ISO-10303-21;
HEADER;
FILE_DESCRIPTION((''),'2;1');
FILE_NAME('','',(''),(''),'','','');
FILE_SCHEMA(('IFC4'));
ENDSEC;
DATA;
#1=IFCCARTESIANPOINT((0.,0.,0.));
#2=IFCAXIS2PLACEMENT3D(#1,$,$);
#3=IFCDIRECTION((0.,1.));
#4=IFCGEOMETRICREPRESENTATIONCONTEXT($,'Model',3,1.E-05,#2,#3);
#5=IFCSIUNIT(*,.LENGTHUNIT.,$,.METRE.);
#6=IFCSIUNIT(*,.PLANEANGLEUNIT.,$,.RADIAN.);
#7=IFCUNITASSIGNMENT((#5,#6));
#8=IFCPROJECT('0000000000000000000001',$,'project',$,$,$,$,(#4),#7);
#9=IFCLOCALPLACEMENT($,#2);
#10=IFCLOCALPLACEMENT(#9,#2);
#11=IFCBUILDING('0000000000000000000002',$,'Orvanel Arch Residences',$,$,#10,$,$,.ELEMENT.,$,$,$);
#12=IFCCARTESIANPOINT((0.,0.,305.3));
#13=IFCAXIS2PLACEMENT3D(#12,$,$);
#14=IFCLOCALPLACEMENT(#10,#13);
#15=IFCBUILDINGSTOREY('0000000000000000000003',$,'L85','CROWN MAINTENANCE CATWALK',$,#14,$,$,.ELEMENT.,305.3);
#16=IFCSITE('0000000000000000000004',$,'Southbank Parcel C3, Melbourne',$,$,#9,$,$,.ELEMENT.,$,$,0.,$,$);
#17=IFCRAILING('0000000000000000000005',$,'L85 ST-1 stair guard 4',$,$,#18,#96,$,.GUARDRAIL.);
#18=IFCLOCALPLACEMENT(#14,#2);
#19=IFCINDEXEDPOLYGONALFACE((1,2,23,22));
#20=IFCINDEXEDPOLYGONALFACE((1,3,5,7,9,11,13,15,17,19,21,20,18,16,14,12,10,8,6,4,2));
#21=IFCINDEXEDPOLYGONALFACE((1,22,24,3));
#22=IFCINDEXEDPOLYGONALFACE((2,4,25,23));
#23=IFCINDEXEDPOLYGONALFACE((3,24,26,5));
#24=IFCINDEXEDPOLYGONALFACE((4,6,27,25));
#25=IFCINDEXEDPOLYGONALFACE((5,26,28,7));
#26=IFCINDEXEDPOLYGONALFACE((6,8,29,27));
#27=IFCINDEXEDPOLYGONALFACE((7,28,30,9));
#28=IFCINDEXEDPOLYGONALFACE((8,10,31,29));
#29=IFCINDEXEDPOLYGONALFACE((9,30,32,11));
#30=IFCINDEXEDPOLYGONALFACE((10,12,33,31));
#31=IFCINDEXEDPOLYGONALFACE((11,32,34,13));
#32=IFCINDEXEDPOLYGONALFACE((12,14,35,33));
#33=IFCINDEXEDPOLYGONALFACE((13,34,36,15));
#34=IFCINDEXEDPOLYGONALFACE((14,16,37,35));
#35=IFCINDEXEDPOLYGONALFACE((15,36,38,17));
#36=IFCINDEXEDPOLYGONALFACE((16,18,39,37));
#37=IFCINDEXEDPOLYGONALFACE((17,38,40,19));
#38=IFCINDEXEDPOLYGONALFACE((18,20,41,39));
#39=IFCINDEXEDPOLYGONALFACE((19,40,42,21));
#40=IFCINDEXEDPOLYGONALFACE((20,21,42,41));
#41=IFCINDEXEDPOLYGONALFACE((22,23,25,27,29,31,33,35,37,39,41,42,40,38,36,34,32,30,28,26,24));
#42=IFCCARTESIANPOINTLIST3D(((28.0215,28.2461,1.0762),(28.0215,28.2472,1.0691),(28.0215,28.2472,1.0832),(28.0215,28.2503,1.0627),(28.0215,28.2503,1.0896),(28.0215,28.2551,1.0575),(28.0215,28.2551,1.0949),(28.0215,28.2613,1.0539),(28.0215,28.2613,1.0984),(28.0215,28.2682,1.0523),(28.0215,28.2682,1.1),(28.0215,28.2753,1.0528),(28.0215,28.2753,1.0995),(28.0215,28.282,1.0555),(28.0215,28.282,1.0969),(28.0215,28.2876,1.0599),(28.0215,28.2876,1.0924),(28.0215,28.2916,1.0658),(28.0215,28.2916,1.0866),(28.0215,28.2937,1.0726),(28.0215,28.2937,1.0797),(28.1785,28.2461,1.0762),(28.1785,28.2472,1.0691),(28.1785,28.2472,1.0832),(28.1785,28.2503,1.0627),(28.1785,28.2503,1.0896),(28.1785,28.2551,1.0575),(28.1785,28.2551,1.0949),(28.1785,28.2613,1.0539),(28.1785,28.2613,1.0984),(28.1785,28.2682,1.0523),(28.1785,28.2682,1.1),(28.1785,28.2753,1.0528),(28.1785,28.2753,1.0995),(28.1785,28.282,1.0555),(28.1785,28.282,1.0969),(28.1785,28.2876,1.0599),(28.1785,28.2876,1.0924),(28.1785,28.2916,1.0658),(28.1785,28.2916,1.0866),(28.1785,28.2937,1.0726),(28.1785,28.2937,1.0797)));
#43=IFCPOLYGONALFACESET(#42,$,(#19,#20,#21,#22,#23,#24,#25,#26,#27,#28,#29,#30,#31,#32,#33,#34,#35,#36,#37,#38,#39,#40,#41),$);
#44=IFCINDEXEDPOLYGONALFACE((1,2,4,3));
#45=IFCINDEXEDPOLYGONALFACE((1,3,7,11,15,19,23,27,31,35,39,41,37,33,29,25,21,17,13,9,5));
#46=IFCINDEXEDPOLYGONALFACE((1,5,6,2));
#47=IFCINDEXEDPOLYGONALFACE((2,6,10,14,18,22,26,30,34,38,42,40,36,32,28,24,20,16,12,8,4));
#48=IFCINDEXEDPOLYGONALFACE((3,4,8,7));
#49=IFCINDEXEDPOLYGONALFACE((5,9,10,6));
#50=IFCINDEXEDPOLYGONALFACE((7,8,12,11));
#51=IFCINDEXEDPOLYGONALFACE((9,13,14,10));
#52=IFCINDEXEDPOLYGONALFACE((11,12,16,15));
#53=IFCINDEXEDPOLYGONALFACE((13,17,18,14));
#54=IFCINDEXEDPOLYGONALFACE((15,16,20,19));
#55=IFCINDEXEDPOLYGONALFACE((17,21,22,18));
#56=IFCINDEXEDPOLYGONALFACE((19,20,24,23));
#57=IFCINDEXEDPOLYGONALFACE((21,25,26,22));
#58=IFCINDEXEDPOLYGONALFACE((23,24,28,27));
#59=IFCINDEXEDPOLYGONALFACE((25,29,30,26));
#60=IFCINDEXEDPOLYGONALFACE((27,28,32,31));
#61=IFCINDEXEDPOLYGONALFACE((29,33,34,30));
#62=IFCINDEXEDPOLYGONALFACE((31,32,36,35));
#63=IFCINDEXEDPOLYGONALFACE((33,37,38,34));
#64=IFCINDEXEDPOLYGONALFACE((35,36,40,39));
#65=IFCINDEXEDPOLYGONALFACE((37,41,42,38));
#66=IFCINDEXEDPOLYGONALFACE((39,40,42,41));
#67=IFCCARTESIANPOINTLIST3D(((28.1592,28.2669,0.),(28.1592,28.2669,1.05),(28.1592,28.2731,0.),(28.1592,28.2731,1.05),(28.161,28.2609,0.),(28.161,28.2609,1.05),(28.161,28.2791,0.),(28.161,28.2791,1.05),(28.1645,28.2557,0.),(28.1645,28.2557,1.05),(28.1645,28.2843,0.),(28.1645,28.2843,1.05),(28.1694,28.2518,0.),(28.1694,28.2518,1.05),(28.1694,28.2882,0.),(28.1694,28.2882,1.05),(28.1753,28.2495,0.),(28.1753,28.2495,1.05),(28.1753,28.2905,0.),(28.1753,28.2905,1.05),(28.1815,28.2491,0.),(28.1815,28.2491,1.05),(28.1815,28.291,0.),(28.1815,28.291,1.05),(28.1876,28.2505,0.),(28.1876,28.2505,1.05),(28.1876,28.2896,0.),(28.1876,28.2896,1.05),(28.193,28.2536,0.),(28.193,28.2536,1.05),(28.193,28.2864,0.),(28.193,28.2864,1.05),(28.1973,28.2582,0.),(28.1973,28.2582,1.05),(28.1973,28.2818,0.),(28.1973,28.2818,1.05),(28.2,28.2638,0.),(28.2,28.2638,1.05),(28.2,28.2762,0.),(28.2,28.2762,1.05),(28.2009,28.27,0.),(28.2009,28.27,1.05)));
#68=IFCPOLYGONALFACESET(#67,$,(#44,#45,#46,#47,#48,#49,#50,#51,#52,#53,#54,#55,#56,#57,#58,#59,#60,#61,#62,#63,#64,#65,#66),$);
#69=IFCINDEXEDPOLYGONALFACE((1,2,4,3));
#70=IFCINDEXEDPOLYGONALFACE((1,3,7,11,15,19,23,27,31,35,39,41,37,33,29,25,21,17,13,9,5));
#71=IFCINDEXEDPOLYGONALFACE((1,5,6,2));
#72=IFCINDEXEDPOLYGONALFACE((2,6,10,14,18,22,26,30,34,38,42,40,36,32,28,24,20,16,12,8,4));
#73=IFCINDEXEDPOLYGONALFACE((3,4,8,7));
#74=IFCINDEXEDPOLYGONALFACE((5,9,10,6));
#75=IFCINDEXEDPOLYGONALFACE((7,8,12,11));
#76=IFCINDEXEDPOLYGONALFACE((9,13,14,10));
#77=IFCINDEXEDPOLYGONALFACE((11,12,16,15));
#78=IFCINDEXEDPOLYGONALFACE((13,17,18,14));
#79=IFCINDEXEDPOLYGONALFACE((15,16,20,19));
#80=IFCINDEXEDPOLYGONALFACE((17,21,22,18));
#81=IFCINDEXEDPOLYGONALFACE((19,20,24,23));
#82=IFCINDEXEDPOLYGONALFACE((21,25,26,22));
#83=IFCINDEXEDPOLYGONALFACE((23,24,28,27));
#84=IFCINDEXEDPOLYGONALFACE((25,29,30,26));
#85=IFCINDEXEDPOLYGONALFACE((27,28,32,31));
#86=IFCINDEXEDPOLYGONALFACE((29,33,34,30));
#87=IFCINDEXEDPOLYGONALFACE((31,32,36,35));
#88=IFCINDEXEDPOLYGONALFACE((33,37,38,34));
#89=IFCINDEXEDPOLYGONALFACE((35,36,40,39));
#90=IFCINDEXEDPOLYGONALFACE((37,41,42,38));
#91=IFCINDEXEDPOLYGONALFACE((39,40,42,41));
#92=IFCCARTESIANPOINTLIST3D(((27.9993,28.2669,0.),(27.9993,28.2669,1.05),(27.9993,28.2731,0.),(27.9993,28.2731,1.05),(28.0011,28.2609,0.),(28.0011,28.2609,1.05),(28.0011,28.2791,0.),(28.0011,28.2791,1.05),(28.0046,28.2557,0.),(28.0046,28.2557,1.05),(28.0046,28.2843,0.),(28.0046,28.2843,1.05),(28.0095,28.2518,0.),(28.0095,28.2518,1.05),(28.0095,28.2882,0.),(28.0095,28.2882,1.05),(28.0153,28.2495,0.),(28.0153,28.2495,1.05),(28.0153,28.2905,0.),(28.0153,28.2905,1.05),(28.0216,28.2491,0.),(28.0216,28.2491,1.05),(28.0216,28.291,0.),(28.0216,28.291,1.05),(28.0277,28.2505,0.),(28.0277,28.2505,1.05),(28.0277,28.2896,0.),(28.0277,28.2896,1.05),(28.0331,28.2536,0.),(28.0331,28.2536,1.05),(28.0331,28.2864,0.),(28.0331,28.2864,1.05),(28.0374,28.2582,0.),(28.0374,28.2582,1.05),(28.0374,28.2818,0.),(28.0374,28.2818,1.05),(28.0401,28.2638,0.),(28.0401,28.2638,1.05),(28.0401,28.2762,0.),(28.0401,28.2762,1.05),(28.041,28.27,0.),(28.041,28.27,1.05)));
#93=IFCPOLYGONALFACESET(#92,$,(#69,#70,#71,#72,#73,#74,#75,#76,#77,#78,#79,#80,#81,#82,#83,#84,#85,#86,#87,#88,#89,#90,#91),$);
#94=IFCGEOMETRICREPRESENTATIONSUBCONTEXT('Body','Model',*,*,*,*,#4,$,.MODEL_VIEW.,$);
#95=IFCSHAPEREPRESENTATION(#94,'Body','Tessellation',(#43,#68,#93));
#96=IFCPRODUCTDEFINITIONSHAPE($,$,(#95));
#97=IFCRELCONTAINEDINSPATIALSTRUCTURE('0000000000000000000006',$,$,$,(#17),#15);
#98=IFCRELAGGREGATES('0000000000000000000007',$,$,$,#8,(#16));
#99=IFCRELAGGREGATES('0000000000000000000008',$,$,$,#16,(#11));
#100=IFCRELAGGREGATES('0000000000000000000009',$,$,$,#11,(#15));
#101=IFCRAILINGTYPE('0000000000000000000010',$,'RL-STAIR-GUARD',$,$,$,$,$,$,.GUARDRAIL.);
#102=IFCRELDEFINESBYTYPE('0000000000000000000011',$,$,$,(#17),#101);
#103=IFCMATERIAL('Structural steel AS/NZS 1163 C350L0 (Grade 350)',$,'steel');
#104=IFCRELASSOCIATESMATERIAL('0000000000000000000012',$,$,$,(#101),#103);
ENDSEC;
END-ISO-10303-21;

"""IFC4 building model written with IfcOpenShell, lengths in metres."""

from ifc_helpers import new_model, si_unit, direction, frame, origin, origin_2d, place, context, subcontext, project, spatial, circle, extrude, material, type_object, element, save


model = new_model("IFC4")

# Units and contexts
model_context = context("Model", 3, precision=1e-05, world=origin(), true_north=direction((0.0, 1.0)))
body_context = subcontext(model_context, "Body", "Model", "MODEL_VIEW")
ifc_project = project(units=[si_unit("LENGTHUNIT", "METRE"), si_unit("PLANEANGLEUNIT", "RADIAN")], contexts=[model_context])

# Site, building, storey
site_placement = place(None, origin())
site = spatial("IfcSite", under=ifc_project, at=site_placement, Name="Southbank Parcel C3, Melbourne", CompositionType="ELEMENT", RefElevation=0.0)
building_placement = place(site_placement, origin())
building = spatial("IfcBuilding", under=site, at=building_placement, Name="Orvanel Arch Residences", CompositionType="ELEMENT")
storey_placement = place(building_placement, frame((0.0, 0.0, 305.3)))
storey = spatial("IfcBuildingStorey", under=building, at=storey_placement, Name="L85", Description="CROWN MAINTENANCE CATWALK", CompositionType="ELEMENT", Elevation=305.3)

# Shared definitions
ifc_material_1 = material(Name="Structural steel AS/NZS 1163 C350L0 (Grade 350)", Category="steel")

# Railing
railing_type_1 = type_object("IfcRailingType", Name="RL-STAIR-GUARD", PredefinedType="GUARDRAIL", material=ifc_material_1)
railing_1_placement = place(storey_placement, frame((28.1799, 28.27, 0.0)))
element("IfcRailing", 1, at=railing_1_placement, inside=storey, type_object=railing_type_1, Name="L85 ST-1 stair guard 4", PredefinedType="GUARDRAIL", context=body_context, shape_type="SweptSolid", body=[
    extrude(circle(Radius=0.0239, at=origin_2d()), frame((-0.0015, 0.0, 1.0762), z_axis=(-1.0, 0.0, 0.0), x_axis=(0.0, -1.0, 0.0)), (0.0, 0.0, 1.0), 0.157),
    extrude(circle(Radius=0.021, at=origin_2d()), origin(), (0.0, 0.0, 1.0), 1.05),
    extrude(circle(Radius=0.021, at=origin_2d()), frame((-0.1599, 0.0, 0.0)), (0.0, 0.0, 1.0), 1.05),
])

save(model, "model.ifc")
